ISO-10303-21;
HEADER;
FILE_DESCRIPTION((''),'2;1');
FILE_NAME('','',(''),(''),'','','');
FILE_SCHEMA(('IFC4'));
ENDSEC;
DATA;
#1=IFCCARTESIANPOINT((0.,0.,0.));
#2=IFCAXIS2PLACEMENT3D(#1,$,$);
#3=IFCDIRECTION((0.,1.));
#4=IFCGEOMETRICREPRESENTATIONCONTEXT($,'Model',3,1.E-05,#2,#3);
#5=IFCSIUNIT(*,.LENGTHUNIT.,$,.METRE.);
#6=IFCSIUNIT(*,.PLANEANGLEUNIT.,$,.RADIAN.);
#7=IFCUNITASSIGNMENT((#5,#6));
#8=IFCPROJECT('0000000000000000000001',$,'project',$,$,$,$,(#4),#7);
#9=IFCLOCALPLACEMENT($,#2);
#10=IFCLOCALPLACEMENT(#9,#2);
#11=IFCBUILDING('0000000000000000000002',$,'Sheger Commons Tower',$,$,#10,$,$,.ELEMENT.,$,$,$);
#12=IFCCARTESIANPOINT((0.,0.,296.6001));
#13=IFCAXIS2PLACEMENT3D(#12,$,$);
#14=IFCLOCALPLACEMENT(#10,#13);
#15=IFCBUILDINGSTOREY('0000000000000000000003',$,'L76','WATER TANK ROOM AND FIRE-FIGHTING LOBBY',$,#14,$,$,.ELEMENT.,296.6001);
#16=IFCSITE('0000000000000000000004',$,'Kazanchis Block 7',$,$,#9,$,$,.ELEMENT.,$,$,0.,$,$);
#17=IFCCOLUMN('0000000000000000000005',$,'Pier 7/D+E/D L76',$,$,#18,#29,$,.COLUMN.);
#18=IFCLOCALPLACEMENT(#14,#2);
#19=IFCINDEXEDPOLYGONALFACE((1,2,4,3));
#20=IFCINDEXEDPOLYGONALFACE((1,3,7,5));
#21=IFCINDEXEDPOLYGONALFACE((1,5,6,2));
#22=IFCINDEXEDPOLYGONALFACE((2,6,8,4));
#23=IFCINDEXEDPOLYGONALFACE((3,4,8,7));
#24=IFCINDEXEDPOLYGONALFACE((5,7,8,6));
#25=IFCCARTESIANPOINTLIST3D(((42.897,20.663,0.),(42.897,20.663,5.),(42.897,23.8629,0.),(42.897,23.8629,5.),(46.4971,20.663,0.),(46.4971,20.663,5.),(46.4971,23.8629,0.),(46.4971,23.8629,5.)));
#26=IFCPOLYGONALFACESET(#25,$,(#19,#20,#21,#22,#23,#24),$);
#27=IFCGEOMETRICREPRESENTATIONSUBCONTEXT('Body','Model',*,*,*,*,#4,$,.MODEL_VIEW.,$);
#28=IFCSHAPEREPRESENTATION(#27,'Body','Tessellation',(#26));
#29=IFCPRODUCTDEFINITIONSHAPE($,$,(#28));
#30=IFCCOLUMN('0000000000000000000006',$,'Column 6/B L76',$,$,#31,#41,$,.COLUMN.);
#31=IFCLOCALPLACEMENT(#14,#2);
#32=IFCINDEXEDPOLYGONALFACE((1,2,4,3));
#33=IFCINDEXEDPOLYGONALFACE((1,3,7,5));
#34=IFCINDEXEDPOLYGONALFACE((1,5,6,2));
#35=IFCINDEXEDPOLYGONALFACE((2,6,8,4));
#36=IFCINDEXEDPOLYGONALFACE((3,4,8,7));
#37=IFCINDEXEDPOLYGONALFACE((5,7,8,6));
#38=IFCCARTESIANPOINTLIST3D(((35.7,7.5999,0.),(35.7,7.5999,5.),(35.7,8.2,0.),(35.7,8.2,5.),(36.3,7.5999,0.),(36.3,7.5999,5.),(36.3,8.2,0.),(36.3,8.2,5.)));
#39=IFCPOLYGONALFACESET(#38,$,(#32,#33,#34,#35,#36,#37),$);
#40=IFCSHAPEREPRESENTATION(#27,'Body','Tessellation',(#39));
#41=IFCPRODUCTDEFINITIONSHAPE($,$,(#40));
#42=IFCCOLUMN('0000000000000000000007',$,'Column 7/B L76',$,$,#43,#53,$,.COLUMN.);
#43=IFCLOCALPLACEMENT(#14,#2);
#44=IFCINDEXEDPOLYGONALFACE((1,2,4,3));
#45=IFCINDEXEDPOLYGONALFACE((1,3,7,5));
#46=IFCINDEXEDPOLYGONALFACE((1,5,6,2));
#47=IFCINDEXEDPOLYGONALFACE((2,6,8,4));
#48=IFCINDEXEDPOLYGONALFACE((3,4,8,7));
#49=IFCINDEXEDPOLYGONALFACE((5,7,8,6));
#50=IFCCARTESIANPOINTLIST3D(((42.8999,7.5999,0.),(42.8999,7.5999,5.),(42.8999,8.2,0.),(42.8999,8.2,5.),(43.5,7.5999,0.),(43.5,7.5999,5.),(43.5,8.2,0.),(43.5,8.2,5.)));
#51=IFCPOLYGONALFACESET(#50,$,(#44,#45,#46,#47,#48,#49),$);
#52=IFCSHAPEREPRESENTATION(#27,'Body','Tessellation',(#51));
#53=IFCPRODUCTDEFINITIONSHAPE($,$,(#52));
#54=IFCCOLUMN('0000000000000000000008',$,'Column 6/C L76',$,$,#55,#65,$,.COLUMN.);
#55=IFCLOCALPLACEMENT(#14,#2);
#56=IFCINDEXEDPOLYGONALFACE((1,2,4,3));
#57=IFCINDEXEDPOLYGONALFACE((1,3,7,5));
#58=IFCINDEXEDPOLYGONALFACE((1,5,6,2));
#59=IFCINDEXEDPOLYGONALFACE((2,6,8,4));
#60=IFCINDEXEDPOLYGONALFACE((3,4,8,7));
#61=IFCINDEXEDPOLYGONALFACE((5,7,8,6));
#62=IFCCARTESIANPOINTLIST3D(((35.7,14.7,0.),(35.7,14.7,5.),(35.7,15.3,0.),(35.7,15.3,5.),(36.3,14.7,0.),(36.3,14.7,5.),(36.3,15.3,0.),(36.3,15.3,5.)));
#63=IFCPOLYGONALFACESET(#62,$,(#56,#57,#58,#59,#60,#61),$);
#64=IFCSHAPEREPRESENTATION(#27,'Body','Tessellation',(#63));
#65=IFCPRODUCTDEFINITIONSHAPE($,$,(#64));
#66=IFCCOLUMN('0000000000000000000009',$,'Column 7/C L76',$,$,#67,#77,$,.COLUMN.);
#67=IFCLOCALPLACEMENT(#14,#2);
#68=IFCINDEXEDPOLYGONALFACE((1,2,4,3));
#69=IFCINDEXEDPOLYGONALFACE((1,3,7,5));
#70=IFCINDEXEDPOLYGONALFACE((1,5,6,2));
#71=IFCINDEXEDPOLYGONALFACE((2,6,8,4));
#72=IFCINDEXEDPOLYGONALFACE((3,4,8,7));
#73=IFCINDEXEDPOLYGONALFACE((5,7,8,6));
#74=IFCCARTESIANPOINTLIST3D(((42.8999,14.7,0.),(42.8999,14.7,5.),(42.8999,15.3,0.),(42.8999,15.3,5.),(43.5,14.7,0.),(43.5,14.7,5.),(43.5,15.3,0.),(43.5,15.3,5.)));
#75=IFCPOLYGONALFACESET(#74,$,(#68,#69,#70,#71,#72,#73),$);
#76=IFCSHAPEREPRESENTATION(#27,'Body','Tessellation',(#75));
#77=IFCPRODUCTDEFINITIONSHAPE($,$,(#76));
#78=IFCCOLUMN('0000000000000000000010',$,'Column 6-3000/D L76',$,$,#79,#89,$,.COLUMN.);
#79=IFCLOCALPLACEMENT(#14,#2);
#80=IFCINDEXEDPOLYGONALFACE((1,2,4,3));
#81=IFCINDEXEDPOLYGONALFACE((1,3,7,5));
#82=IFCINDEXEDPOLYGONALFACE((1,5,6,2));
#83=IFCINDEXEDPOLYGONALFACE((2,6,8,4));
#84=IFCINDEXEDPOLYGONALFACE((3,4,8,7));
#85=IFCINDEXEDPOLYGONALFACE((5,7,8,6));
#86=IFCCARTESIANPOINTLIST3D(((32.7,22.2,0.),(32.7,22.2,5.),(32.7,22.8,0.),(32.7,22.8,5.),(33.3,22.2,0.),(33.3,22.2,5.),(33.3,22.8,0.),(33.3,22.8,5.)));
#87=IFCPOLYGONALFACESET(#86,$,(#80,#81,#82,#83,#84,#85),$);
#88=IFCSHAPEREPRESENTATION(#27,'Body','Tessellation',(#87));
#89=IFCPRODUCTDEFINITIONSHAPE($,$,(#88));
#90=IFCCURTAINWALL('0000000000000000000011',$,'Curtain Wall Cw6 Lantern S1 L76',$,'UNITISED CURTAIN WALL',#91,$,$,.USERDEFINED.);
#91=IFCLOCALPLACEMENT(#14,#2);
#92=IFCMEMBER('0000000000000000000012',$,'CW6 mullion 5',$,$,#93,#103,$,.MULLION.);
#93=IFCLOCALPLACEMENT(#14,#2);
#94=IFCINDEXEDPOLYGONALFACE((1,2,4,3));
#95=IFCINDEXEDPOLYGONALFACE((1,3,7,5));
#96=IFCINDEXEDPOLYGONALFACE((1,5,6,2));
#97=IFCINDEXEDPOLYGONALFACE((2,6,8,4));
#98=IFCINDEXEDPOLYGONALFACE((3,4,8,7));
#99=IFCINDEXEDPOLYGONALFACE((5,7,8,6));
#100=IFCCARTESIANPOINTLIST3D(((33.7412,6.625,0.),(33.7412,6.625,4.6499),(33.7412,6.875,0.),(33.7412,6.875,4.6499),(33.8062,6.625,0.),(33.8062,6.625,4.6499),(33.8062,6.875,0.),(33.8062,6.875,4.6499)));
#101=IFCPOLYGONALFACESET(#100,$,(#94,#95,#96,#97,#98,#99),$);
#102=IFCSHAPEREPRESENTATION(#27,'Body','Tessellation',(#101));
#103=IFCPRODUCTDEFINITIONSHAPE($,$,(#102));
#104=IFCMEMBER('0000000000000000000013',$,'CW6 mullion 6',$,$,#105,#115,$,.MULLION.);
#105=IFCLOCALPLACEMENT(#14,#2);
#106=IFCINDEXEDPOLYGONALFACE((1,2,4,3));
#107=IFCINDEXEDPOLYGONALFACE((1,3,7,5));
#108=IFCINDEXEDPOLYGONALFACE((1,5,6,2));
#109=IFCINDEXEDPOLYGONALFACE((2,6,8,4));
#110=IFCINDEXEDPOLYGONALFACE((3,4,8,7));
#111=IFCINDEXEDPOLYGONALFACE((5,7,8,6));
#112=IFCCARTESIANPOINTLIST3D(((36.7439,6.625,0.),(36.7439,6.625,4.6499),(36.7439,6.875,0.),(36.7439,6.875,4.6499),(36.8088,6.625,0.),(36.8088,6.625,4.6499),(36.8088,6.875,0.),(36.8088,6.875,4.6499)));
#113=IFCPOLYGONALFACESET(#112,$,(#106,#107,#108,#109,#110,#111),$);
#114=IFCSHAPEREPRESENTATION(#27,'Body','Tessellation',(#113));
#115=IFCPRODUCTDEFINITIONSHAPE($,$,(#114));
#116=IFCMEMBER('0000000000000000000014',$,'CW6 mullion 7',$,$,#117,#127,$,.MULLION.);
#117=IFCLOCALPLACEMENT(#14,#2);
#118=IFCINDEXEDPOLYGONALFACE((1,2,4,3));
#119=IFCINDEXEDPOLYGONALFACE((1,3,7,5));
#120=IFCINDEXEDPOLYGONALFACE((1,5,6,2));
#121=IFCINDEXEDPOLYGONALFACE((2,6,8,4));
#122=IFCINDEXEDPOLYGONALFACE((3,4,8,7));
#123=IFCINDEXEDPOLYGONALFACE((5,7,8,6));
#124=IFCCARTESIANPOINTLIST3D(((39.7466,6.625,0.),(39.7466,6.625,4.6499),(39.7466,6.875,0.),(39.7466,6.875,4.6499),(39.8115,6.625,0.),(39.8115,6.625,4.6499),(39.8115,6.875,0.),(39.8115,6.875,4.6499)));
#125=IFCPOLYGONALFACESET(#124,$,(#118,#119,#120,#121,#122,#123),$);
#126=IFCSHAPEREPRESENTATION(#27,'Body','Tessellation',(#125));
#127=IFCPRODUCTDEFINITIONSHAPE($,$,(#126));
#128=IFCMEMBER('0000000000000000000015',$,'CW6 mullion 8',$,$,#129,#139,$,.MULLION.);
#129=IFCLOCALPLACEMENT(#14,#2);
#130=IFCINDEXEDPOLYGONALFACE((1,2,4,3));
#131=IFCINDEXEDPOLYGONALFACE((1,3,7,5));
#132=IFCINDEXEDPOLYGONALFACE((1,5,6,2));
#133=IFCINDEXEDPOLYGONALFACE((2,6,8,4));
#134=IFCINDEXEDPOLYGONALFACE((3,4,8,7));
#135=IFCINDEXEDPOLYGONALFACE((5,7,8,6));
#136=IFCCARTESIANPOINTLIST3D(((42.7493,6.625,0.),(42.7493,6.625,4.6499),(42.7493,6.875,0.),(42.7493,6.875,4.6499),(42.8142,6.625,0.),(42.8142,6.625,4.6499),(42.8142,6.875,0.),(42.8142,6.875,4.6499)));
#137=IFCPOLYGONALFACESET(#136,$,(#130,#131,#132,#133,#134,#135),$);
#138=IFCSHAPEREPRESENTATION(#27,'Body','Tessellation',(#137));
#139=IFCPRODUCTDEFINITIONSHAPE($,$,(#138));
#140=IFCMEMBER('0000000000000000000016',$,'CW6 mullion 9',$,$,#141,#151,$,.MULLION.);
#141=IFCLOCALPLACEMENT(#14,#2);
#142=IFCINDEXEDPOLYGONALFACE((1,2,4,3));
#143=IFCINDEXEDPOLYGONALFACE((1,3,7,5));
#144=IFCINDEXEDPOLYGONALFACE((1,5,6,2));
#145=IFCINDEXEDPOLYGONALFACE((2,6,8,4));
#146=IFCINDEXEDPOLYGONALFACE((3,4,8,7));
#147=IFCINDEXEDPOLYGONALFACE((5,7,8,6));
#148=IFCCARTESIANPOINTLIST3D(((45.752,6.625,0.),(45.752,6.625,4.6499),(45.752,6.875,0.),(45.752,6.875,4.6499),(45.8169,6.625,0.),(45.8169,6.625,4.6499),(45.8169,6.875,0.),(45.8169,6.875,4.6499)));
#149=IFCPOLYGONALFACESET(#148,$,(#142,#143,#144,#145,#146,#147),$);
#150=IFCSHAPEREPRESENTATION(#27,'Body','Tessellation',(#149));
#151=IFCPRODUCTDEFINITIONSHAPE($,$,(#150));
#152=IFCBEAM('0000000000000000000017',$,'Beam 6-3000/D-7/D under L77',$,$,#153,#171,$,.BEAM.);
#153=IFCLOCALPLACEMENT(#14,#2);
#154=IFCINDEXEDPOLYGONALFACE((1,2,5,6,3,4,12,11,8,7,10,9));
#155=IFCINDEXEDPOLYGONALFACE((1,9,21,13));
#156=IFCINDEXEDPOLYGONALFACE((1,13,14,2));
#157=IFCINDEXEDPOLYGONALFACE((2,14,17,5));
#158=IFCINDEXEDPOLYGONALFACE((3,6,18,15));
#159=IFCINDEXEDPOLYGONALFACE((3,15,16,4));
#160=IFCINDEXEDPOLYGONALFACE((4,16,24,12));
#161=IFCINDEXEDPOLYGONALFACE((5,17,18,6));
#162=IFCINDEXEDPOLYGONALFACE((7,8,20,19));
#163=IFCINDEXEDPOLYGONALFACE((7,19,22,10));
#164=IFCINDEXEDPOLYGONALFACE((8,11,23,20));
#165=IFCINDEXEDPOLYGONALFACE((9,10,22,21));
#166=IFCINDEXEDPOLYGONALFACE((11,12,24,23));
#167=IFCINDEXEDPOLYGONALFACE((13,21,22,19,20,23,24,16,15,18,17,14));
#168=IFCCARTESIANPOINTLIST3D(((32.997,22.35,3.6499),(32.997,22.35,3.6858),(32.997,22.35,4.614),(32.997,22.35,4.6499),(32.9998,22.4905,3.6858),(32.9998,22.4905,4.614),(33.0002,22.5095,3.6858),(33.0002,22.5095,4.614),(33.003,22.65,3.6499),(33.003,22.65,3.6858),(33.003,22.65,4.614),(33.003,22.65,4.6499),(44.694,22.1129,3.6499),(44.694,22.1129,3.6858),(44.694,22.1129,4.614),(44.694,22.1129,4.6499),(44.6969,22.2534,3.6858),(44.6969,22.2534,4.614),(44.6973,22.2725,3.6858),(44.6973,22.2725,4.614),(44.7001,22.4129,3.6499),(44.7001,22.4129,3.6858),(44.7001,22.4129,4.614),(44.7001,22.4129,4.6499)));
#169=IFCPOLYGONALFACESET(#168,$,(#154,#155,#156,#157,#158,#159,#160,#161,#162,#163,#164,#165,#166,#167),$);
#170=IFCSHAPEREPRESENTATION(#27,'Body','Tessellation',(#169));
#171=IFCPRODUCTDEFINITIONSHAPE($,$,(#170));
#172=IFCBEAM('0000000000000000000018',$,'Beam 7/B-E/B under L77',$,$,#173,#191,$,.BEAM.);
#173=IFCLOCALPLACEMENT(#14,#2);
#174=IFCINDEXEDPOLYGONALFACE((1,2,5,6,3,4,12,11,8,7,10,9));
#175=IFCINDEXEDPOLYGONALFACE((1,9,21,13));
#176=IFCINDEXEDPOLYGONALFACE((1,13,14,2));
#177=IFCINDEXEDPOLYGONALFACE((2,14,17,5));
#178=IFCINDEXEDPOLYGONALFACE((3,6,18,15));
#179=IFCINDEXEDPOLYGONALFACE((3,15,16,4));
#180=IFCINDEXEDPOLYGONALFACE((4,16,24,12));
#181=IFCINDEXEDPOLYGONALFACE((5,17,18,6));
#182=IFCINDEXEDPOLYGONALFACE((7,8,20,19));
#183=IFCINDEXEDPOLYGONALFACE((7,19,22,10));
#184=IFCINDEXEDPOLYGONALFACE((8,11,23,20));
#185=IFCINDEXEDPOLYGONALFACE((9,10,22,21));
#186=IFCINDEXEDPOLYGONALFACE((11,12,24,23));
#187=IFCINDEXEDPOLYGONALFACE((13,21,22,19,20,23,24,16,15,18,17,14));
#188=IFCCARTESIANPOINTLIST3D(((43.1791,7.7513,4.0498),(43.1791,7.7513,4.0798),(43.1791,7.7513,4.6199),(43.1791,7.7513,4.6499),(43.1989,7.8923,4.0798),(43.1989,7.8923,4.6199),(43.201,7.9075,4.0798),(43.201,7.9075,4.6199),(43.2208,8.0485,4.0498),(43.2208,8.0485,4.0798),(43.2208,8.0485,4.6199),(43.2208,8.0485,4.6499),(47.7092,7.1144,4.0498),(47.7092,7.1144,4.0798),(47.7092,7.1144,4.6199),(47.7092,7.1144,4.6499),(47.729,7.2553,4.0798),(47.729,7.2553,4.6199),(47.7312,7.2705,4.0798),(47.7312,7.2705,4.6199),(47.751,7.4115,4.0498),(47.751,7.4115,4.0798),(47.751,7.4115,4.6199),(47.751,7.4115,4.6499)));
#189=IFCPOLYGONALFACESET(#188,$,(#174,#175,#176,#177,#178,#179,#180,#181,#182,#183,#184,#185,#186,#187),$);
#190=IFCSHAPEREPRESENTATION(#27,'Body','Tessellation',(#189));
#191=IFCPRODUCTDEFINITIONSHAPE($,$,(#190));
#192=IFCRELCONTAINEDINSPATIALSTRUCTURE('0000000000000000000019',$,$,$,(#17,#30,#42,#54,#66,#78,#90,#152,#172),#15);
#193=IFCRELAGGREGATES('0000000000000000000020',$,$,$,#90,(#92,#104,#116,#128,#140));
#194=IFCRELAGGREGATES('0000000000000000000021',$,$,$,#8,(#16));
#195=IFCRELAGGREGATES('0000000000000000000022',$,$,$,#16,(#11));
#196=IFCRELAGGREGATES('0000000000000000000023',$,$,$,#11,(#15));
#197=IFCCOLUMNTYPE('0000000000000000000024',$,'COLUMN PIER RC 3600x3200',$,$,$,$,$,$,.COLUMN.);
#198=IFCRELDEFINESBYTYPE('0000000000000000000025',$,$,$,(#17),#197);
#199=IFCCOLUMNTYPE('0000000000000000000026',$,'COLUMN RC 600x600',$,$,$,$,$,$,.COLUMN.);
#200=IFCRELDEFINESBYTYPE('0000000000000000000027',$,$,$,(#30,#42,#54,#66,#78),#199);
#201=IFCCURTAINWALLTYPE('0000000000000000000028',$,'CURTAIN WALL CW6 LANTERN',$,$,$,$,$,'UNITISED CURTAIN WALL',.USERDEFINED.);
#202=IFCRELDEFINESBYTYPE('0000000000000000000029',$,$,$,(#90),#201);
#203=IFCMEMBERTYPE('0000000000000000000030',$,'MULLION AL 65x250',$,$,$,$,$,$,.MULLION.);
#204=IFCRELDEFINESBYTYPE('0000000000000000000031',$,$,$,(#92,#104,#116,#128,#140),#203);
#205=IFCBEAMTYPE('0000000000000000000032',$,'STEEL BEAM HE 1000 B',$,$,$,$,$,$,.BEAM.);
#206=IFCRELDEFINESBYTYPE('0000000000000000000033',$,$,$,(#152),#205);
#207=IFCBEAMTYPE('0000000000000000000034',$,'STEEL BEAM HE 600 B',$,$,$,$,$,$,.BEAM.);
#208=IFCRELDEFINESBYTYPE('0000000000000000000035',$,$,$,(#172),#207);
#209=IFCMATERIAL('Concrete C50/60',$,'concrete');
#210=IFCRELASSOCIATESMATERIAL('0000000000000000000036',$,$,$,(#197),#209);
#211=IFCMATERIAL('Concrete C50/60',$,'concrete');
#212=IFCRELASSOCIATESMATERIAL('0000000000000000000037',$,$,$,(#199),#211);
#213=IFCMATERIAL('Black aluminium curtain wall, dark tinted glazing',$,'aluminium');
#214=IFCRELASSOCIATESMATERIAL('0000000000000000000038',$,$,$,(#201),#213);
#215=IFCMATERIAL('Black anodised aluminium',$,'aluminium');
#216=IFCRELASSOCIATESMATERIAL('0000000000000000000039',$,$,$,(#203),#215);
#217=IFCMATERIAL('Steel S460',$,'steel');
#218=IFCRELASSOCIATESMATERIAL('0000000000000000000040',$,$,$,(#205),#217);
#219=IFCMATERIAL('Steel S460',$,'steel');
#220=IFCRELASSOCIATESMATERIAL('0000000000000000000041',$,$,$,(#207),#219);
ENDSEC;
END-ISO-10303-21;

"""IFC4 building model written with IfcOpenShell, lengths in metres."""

from ifc_helpers import new_model, si_unit, direction, frame, origin, origin_2d, place, context, subcontext, project, spatial, rectangle, i_section, extrude, material, material_profile, profile_set, type_object, element, aggregate, save


model = new_model("IFC4")

# Units and contexts
model_context = context("Model", 3, precision=1e-05, world=origin(), true_north=direction((0.0, 1.0)))
body_context = subcontext(model_context, "Body", "Model", "MODEL_VIEW")
ifc_project = project(units=[si_unit("LENGTHUNIT", "METRE"), si_unit("PLANEANGLEUNIT", "RADIAN")], contexts=[model_context])

# Site, building, storey
site_placement = place(None, origin())
site = spatial("IfcSite", under=ifc_project, at=site_placement, Name="Kazanchis Block 7", CompositionType="ELEMENT", RefElevation=0.0)
building_placement = place(site_placement, origin())
building = spatial("IfcBuilding", under=site, at=building_placement, Name="Sheger Commons Tower", CompositionType="ELEMENT")
storey_placement = place(building_placement, frame((0.0, 0.0, 296.6001)))
storey = spatial("IfcBuildingStorey", under=building, at=storey_placement, Name="L76", Description="WATER TANK ROOM AND FIRE-FIGHTING LOBBY", CompositionType="ELEMENT", Elevation=296.6001)

# Columns
ifc_material_1 = material(Name="Concrete C50/60", Category="concrete")
ifc_material_profile_1 = material_profile(ifc_material_1, rectangle(XDim=3.6001, YDim=3.2, at=origin_2d()), Name="RC 3600x3200")
ifc_profile_set_1 = profile_set([ifc_material_profile_1], Name="Concrete C50/60")
column_type_1 = type_object("IfcColumnType", Name="COLUMN PIER RC 3600x3200", PredefinedType="COLUMN", material=ifc_profile_set_1)
column_placement = place(storey_placement, frame((44.697, 22.2629, 0.0), z_axis=(0.0, 0.0, 1.0), x_axis=(1.0, 0.0, 0.0)))
element("IfcColumn", 1, at=column_placement, inside=storey, type_object=column_type_1, Name="Pier 7/D+E/D L76", PredefinedType="COLUMN", context=body_context, shape_type="SweptSolid", body=[
    extrude(rectangle(XDim=3.6001, YDim=3.2, at=origin_2d()), origin(), (0.0, 0.0, 1.0), 5.0),
])
ifc_material_2 = material(Name="Concrete C50/60", Category="concrete")
ifc_material_profile_2 = material_profile(ifc_material_2, rectangle(XDim=0.6001, YDim=0.6001, at=origin_2d()), Name="RC 600x600")
ifc_profile_set_2 = profile_set([ifc_material_profile_2], Name="Concrete C50/60")
column_type_2 = type_object("IfcColumnType", Name="COLUMN RC 600x600", PredefinedType="COLUMN", material=ifc_profile_set_2)
for number, where, z_axis, x_axis, name in (
    (2, (36.0, 7.8999, 0.0), (0.0, 0.0, 1.0), (1.0, 0.0, 0.0), "Column 6/B L76"),
    (3, (43.2, 7.8999, 0.0), (0.0, 0.0, 1.0), (1.0, 0.0, 0.0), "Column 7/B L76"),
    (4, (36.0, 15.0, 0.0), (0.0, 0.0, 1.0), (1.0, 0.0, 0.0), "Column 6/C L76"),
    (5, (43.2, 15.0, 0.0), (0.0, 0.0, 1.0), (1.0, 0.0, 0.0), "Column 7/C L76"),
    (6, (33.0, 22.5, 0.0), (0.0, 0.0, 1.0), (1.0, 0.0, 0.0), "Column 6-3000/D L76"),
):
    element("IfcColumn", number, at=place(storey_placement, frame(where, z_axis=z_axis, x_axis=x_axis)), inside=storey, type_object=column_type_2, Name=name, PredefinedType="COLUMN", context=body_context, shape_type="SweptSolid", body=[
        extrude(rectangle(XDim=0.6001, YDim=0.6001, at=origin_2d()), origin(), (0.0, 0.0, 1.0), 5.0),
    ])

# Curtain wall, members
ifc_material_3 = material(Name="Black aluminium curtain wall, dark tinted glazing", Category="aluminium")
curtain_wall_type = type_object("IfcCurtainWallType", Name="CURTAIN WALL CW6 LANTERN", ElementType="UNITISED CURTAIN WALL", PredefinedType="USERDEFINED", material=ifc_material_3)
curtain_wall_placement = place(storey_placement, origin())
curtain_wall = element("IfcCurtainWall", 7, at=curtain_wall_placement, inside=storey, type_object=curtain_wall_type, Name="Curtain Wall Cw6 Lantern S1 L76", ObjectType="UNITISED CURTAIN WALL", PredefinedType="USERDEFINED")
ifc_material_4 = material(Name="Black anodised aluminium", Category="aluminium")
ifc_material_profile_3 = material_profile(ifc_material_4, rectangle(XDim=0.25, YDim=0.0649, at=origin_2d()), Name="AL 65x250")
ifc_profile_set_3 = profile_set([ifc_material_profile_3], Name="Black anodised aluminium")
member_type_1 = type_object("IfcMemberType", Name="MULLION AL 65x250", PredefinedType="MULLION", material=ifc_profile_set_3)
member_1_placement = place(storey_placement, frame((33.7737, 6.75, 0.0), z_axis=(0.0, 0.0, 1.0), x_axis=(0.0, 1.0, 0.0)))
member_1 = element("IfcMember", 8, at=member_1_placement, type_object=member_type_1, Name="CW6 mullion 5", PredefinedType="MULLION", context=body_context, shape_type="SweptSolid", body=[
    extrude(rectangle(XDim=0.25, YDim=0.0649, at=origin_2d()), origin(), (0.0, 0.0, 1.0), 4.6499),
])
member_2_placement = place(storey_placement, frame((36.7764, 6.75, 0.0), z_axis=(0.0, 0.0, 1.0), x_axis=(0.0, 1.0, 0.0)))
member_2 = element("IfcMember", 9, at=member_2_placement, type_object=member_type_1, Name="CW6 mullion 6", PredefinedType="MULLION", context=body_context, shape_type="SweptSolid", body=[
    extrude(rectangle(XDim=0.25, YDim=0.0649, at=origin_2d()), origin(), (0.0, 0.0, 1.0), 4.6499),
])
member_3_placement = place(storey_placement, frame((39.7791, 6.75, 0.0), z_axis=(0.0, 0.0, 1.0), x_axis=(0.0, 1.0, 0.0)))
member_3 = element("IfcMember", 10, at=member_3_placement, type_object=member_type_1, Name="CW6 mullion 7", PredefinedType="MULLION", context=body_context, shape_type="SweptSolid", body=[
    extrude(rectangle(XDim=0.25, YDim=0.0649, at=origin_2d()), origin(), (0.0, 0.0, 1.0), 4.6499),
])
member_4_placement = place(storey_placement, frame((42.7817, 6.75, 0.0), z_axis=(0.0, 0.0, 1.0), x_axis=(0.0, 1.0, 0.0)))
member_4 = element("IfcMember", 11, at=member_4_placement, type_object=member_type_1, Name="CW6 mullion 8", PredefinedType="MULLION", context=body_context, shape_type="SweptSolid", body=[
    extrude(rectangle(XDim=0.25, YDim=0.0649, at=origin_2d()), origin(), (0.0, 0.0, 1.0), 4.6499),
])
member_5_placement = place(storey_placement, frame((45.7844, 6.75, 0.0), z_axis=(0.0, 0.0, 1.0), x_axis=(0.0, 1.0, 0.0)))
member_5 = element("IfcMember", 12, at=member_5_placement, type_object=member_type_1, Name="CW6 mullion 9", PredefinedType="MULLION", context=body_context, shape_type="SweptSolid", body=[
    extrude(rectangle(XDim=0.25, YDim=0.0649, at=origin_2d()), origin(), (0.0, 0.0, 1.0), 4.6499),
])

# Beams
ifc_material_5 = material(Name="Steel S460", Category="steel")
ifc_material_profile_4 = material_profile(ifc_material_5, i_section(OverallWidth=0.3, OverallDepth=1.0, WebThickness=0.019, FlangeThickness=0.0359, at=origin_2d()), Name="HE 1000 B")
ifc_profile_set_4 = profile_set([ifc_material_profile_4], Name="Steel S460")
beam_type_1 = type_object("IfcBeamType", Name="STEEL BEAM HE 1000 B", PredefinedType="BEAM", material=ifc_profile_set_4)
beam_1_placement = place(storey_placement, frame((33.0, 22.5, 4.1499), z_axis=(0.999795, -0.020263, 0.0), x_axis=(0.020263, 0.999795, 0.0)))
element("IfcBeam", 13, at=beam_1_placement, inside=storey, type_object=beam_type_1, Name="Beam 6-3000/D-7/D under L77", PredefinedType="BEAM", context=body_context, shape_type="SweptSolid", body=[
    extrude(i_section(OverallWidth=0.3, OverallDepth=1.0, WebThickness=0.019, FlangeThickness=0.0359, at=origin_2d()), origin(), (0.0, 0.0, 1.0), 11.6995),
])
ifc_material_6 = material(Name="Steel S460", Category="steel")
ifc_material_profile_5 = material_profile(ifc_material_6, i_section(OverallWidth=0.3, OverallDepth=0.6001, WebThickness=0.0154, FlangeThickness=0.03, at=origin_2d()), Name="HE 600 B")
ifc_profile_set_5 = profile_set([ifc_material_profile_5], Name="Steel S460")
beam_type_2 = type_object("IfcBeamType", Name="STEEL BEAM HE 600 B", PredefinedType="BEAM", material=ifc_profile_set_5)
beam_2_placement = place(storey_placement, frame((43.2, 7.8999, 4.3499), z_axis=(0.990259, -0.139239, 0.0), x_axis=(0.139239, 0.990259, 0.0)))
element("IfcBeam", 14, at=beam_2_placement, inside=storey, type_object=beam_type_2, Name="Beam 7/B-E/B under L77", PredefinedType="BEAM", context=body_context, shape_type="SweptSolid", body=[
    extrude(i_section(OverallWidth=0.3, OverallDepth=0.6001, WebThickness=0.0154, FlangeThickness=0.03, at=origin_2d()), origin(), (0.0, 0.0, 1.0), 4.5747),
])

aggregate(curtain_wall, [member_1, member_2, member_3, member_4, member_5])

save(model, "model.ifc")
